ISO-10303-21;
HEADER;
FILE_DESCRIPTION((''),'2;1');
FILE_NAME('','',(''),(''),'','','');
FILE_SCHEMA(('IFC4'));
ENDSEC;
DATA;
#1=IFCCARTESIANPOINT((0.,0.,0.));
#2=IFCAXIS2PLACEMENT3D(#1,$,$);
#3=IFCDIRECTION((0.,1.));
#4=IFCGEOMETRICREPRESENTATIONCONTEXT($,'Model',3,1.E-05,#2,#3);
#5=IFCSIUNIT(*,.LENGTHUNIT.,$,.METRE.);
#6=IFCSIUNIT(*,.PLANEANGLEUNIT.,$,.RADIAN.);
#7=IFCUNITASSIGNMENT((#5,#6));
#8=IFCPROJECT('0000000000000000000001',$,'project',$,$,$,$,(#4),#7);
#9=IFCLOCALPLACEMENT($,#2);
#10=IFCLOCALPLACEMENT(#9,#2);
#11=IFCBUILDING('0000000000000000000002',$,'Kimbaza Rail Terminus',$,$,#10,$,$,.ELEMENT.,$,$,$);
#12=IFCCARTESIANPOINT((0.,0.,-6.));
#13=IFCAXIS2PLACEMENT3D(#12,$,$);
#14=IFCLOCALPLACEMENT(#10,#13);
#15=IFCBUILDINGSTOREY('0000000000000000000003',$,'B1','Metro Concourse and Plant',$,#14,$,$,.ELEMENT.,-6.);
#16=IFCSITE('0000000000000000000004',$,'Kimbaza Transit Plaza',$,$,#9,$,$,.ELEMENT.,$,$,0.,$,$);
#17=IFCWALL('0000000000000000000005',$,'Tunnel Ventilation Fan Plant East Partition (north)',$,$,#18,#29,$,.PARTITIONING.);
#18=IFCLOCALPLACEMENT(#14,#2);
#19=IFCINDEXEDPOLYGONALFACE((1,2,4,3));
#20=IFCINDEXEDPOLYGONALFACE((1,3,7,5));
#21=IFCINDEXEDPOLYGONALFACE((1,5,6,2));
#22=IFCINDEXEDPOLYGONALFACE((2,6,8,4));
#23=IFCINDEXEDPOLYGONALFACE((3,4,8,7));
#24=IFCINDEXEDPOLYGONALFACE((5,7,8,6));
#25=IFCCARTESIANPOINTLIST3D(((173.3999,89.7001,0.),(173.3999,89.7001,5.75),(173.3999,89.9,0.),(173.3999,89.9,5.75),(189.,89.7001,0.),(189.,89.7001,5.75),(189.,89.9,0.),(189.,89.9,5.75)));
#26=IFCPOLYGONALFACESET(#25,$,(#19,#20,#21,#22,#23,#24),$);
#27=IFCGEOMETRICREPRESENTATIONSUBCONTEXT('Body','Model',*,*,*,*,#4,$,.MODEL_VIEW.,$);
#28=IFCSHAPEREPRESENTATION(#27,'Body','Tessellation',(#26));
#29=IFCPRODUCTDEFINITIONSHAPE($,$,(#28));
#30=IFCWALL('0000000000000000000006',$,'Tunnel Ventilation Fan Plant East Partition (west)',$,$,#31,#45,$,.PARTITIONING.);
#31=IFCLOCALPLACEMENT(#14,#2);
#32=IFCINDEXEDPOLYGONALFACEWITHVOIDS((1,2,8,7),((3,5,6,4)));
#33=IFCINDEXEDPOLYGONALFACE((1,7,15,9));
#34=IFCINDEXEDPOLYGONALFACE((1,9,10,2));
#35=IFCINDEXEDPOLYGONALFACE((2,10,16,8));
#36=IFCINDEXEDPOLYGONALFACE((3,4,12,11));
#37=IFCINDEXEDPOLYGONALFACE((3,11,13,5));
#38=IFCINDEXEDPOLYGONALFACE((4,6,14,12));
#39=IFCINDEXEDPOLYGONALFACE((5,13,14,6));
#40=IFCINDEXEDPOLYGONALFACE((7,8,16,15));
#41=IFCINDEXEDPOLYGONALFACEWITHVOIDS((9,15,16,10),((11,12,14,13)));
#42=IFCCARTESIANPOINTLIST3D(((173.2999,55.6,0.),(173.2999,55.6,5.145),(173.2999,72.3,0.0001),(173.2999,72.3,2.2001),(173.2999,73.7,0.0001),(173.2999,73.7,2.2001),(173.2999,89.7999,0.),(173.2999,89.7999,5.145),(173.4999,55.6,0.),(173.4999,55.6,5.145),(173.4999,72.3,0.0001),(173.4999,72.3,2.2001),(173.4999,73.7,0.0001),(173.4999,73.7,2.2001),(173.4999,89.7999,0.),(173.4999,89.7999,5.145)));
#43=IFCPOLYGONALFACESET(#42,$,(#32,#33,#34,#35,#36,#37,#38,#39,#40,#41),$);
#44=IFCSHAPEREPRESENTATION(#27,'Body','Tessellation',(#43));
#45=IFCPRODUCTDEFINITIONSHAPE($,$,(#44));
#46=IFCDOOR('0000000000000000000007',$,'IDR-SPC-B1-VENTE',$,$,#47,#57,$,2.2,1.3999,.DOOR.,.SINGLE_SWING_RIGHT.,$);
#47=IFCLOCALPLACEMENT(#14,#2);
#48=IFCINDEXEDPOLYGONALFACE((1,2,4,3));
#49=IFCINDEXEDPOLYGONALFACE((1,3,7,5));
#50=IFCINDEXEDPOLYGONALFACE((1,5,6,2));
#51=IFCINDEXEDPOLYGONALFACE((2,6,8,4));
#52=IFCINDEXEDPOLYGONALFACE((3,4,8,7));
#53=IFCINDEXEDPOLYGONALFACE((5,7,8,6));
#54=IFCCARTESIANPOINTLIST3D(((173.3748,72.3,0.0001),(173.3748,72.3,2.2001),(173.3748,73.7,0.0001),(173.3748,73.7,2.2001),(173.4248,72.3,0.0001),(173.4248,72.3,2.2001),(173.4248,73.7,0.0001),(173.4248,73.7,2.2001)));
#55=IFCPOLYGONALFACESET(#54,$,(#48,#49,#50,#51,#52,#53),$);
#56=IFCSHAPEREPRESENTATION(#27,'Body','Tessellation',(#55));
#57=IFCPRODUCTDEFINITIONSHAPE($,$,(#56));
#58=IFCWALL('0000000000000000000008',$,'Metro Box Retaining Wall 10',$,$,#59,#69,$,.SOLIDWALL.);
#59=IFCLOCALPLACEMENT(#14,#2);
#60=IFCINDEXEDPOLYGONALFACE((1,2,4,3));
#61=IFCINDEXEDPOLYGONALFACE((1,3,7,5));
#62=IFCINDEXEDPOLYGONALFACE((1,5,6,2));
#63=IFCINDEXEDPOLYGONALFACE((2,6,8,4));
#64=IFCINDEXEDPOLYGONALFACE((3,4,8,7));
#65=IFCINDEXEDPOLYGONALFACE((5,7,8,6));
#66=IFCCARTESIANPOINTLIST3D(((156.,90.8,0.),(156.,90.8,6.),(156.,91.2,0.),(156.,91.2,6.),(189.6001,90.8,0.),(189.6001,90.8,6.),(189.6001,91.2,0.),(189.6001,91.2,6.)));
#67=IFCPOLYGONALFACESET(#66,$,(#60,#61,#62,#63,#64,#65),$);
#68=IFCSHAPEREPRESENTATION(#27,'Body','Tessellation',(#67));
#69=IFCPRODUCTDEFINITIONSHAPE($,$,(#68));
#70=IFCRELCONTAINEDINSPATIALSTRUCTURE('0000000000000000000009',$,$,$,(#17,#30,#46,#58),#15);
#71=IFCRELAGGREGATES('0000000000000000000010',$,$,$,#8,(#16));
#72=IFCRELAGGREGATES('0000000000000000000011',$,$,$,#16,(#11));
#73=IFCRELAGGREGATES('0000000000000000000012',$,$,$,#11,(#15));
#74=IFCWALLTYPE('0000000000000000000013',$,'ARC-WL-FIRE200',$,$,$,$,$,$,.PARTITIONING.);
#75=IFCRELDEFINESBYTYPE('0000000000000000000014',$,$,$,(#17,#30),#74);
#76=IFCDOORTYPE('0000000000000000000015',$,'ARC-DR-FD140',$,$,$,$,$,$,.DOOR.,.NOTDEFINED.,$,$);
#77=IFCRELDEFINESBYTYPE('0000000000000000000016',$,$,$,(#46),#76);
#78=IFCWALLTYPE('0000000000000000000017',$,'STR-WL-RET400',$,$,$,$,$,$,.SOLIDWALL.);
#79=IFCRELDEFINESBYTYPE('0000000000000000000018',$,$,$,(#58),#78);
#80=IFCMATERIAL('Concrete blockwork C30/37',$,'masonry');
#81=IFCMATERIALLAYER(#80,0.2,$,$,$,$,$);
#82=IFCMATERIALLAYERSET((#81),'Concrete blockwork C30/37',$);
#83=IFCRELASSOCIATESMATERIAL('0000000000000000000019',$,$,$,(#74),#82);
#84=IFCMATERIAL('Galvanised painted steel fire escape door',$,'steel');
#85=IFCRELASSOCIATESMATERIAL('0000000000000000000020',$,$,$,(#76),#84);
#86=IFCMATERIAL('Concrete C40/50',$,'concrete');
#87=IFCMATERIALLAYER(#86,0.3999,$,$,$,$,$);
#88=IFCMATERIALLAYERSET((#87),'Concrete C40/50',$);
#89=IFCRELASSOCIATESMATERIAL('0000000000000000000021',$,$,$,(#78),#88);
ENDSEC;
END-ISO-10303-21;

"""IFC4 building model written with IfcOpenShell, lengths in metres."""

from ifc_helpers import new_model, si_unit, direction, frame, frame_2d, origin, place, context, subcontext, project, spatial, rectangle, extrude, material, layer, layer_set, type_object, element, fill, save


model = new_model("IFC4")

# Units and contexts
model_context = context("Model", 3, precision=1e-05, world=origin(), true_north=direction((0.0, 1.0)))
body_context = subcontext(model_context, "Body", "Model", "MODEL_VIEW")
ifc_project = project(units=[si_unit("LENGTHUNIT", "METRE"), si_unit("PLANEANGLEUNIT", "RADIAN")], contexts=[model_context])

# Site, building, storey
site_placement = place(None, origin())
site = spatial("IfcSite", under=ifc_project, at=site_placement, Name="Kimbaza Transit Plaza", CompositionType="ELEMENT", RefElevation=0.0)
building_placement = place(site_placement, origin())
building = spatial("IfcBuilding", under=site, at=building_placement, Name="Kimbaza Rail Terminus", CompositionType="ELEMENT")
storey_placement = place(building_placement, frame((0.0, 0.0, -6.0)))
storey = spatial("IfcBuildingStorey", under=building, at=storey_placement, Name="B1", Description="Metro Concourse and Plant", CompositionType="ELEMENT", Elevation=-6.0)

# Wall
ifc_material_1 = material(Name="Concrete blockwork C30/37", Category="masonry")
ifc_layer_1 = layer(ifc_material_1, 0.2)
ifc_layer_set_1 = layer_set([ifc_layer_1], Name="Concrete blockwork C30/37")
wall_type_1 = type_object("IfcWallType", Name="ARC-WL-FIRE200", PredefinedType="PARTITIONING", material=ifc_layer_set_1)
wall_1_placement = place(storey_placement, frame((189.0, 89.8, 0.0), z_axis=(0.0, 0.0, 1.0), x_axis=(-1.0, 0.0, 0.0)))
element("IfcWall", 1, at=wall_1_placement, inside=storey, type_object=wall_type_1, Name="Tunnel Ventilation Fan Plant East Partition (north)", PredefinedType="PARTITIONING", context=body_context, shape_type="SweptSolid", body=[
    extrude(rectangle(XDim=15.6001, YDim=0.2, at=frame_2d((7.8, 0.0))), origin(), (0.0, 0.0, 1.0), 5.75),
])

# Wall, opening, door
wall_2_placement = place(storey_placement, frame((173.3999, 89.8, 0.0), z_axis=(0.0, 0.0, 1.0), x_axis=(0.0, -1.0, 0.0)))
wall_2 = element("IfcWall", 2, at=wall_2_placement, inside=storey, type_object=wall_type_1, Name="Tunnel Ventilation Fan Plant East Partition (west)", PredefinedType="PARTITIONING", context=body_context, shape_type="SweptSolid", body=[
    extrude(rectangle(XDim=34.2, YDim=0.2, at=frame_2d((17.1001, 0.0))), origin(), (0.0, 0.0, 1.0), 5.145),
])
opening_placement = place(wall_2_placement, frame((16.1001, 0.0, 0.0)))
opening = element("IfcOpeningElement", 3, at=opening_placement, cuts=wall_2, PredefinedType="OPENING", context=body_context, shape_type="SweptSolid", body=[
    extrude(rectangle(XDim=1.3999, YDim=2.2, at=frame_2d((0.7, 1.1001))), frame((0.0, 0.1099, 0.0), z_axis=(0.0, -1.0, 0.0), x_axis=(1.0, 0.0, 0.0)), (0.0, 0.0, 1.0), 0.22),
])
ifc_material_2 = material(Name="Galvanised painted steel fire escape door", Category="steel")
door_type = type_object("IfcDoorType", Name="ARC-DR-FD140", OperationType="NOTDEFINED", PredefinedType="DOOR", material=ifc_material_2)
door_placement = place(opening_placement, origin())
door = element("IfcDoor", 4, at=door_placement, inside=storey, type_object=door_type, Name="IDR-SPC-B1-VENTE", OperationType="SINGLE_SWING_RIGHT", OverallHeight=2.2, OverallWidth=1.3999, PredefinedType="DOOR", context=body_context, shape_type="SweptSolid", body=[
    extrude(rectangle(XDim=1.3999, YDim=2.2, at=frame_2d((0.7, 1.1001))), frame((0.0, 0.0249, 0.0), z_axis=(0.0, -1.0, 0.0), x_axis=(1.0, 0.0, 0.0)), (0.0, 0.0, 1.0), 0.05),
])
fill(opening, door)

# Wall
ifc_material_3 = material(Name="Concrete C40/50", Category="concrete")
ifc_layer_2 = layer(ifc_material_3, 0.3999)
ifc_layer_set_2 = layer_set([ifc_layer_2], Name="Concrete C40/50")
wall_type_2 = type_object("IfcWallType", Name="STR-WL-RET400", PredefinedType="SOLIDWALL", material=ifc_layer_set_2)
wall_3_placement = place(storey_placement, frame((189.6001, 91.0, 0.0), z_axis=(0.0, 0.0, 1.0), x_axis=(-1.0, 0.0, 0.0)))
element("IfcWall", 5, at=wall_3_placement, inside=storey, type_object=wall_type_2, Name="Metro Box Retaining Wall 10", PredefinedType="SOLIDWALL", context=body_context, shape_type="SweptSolid", body=[
    extrude(rectangle(XDim=33.6001, YDim=0.3999, at=frame_2d((16.8, 0.0))), origin(), (0.0, 0.0, 1.0), 6.0),
])

save(model, "model.ifc")
